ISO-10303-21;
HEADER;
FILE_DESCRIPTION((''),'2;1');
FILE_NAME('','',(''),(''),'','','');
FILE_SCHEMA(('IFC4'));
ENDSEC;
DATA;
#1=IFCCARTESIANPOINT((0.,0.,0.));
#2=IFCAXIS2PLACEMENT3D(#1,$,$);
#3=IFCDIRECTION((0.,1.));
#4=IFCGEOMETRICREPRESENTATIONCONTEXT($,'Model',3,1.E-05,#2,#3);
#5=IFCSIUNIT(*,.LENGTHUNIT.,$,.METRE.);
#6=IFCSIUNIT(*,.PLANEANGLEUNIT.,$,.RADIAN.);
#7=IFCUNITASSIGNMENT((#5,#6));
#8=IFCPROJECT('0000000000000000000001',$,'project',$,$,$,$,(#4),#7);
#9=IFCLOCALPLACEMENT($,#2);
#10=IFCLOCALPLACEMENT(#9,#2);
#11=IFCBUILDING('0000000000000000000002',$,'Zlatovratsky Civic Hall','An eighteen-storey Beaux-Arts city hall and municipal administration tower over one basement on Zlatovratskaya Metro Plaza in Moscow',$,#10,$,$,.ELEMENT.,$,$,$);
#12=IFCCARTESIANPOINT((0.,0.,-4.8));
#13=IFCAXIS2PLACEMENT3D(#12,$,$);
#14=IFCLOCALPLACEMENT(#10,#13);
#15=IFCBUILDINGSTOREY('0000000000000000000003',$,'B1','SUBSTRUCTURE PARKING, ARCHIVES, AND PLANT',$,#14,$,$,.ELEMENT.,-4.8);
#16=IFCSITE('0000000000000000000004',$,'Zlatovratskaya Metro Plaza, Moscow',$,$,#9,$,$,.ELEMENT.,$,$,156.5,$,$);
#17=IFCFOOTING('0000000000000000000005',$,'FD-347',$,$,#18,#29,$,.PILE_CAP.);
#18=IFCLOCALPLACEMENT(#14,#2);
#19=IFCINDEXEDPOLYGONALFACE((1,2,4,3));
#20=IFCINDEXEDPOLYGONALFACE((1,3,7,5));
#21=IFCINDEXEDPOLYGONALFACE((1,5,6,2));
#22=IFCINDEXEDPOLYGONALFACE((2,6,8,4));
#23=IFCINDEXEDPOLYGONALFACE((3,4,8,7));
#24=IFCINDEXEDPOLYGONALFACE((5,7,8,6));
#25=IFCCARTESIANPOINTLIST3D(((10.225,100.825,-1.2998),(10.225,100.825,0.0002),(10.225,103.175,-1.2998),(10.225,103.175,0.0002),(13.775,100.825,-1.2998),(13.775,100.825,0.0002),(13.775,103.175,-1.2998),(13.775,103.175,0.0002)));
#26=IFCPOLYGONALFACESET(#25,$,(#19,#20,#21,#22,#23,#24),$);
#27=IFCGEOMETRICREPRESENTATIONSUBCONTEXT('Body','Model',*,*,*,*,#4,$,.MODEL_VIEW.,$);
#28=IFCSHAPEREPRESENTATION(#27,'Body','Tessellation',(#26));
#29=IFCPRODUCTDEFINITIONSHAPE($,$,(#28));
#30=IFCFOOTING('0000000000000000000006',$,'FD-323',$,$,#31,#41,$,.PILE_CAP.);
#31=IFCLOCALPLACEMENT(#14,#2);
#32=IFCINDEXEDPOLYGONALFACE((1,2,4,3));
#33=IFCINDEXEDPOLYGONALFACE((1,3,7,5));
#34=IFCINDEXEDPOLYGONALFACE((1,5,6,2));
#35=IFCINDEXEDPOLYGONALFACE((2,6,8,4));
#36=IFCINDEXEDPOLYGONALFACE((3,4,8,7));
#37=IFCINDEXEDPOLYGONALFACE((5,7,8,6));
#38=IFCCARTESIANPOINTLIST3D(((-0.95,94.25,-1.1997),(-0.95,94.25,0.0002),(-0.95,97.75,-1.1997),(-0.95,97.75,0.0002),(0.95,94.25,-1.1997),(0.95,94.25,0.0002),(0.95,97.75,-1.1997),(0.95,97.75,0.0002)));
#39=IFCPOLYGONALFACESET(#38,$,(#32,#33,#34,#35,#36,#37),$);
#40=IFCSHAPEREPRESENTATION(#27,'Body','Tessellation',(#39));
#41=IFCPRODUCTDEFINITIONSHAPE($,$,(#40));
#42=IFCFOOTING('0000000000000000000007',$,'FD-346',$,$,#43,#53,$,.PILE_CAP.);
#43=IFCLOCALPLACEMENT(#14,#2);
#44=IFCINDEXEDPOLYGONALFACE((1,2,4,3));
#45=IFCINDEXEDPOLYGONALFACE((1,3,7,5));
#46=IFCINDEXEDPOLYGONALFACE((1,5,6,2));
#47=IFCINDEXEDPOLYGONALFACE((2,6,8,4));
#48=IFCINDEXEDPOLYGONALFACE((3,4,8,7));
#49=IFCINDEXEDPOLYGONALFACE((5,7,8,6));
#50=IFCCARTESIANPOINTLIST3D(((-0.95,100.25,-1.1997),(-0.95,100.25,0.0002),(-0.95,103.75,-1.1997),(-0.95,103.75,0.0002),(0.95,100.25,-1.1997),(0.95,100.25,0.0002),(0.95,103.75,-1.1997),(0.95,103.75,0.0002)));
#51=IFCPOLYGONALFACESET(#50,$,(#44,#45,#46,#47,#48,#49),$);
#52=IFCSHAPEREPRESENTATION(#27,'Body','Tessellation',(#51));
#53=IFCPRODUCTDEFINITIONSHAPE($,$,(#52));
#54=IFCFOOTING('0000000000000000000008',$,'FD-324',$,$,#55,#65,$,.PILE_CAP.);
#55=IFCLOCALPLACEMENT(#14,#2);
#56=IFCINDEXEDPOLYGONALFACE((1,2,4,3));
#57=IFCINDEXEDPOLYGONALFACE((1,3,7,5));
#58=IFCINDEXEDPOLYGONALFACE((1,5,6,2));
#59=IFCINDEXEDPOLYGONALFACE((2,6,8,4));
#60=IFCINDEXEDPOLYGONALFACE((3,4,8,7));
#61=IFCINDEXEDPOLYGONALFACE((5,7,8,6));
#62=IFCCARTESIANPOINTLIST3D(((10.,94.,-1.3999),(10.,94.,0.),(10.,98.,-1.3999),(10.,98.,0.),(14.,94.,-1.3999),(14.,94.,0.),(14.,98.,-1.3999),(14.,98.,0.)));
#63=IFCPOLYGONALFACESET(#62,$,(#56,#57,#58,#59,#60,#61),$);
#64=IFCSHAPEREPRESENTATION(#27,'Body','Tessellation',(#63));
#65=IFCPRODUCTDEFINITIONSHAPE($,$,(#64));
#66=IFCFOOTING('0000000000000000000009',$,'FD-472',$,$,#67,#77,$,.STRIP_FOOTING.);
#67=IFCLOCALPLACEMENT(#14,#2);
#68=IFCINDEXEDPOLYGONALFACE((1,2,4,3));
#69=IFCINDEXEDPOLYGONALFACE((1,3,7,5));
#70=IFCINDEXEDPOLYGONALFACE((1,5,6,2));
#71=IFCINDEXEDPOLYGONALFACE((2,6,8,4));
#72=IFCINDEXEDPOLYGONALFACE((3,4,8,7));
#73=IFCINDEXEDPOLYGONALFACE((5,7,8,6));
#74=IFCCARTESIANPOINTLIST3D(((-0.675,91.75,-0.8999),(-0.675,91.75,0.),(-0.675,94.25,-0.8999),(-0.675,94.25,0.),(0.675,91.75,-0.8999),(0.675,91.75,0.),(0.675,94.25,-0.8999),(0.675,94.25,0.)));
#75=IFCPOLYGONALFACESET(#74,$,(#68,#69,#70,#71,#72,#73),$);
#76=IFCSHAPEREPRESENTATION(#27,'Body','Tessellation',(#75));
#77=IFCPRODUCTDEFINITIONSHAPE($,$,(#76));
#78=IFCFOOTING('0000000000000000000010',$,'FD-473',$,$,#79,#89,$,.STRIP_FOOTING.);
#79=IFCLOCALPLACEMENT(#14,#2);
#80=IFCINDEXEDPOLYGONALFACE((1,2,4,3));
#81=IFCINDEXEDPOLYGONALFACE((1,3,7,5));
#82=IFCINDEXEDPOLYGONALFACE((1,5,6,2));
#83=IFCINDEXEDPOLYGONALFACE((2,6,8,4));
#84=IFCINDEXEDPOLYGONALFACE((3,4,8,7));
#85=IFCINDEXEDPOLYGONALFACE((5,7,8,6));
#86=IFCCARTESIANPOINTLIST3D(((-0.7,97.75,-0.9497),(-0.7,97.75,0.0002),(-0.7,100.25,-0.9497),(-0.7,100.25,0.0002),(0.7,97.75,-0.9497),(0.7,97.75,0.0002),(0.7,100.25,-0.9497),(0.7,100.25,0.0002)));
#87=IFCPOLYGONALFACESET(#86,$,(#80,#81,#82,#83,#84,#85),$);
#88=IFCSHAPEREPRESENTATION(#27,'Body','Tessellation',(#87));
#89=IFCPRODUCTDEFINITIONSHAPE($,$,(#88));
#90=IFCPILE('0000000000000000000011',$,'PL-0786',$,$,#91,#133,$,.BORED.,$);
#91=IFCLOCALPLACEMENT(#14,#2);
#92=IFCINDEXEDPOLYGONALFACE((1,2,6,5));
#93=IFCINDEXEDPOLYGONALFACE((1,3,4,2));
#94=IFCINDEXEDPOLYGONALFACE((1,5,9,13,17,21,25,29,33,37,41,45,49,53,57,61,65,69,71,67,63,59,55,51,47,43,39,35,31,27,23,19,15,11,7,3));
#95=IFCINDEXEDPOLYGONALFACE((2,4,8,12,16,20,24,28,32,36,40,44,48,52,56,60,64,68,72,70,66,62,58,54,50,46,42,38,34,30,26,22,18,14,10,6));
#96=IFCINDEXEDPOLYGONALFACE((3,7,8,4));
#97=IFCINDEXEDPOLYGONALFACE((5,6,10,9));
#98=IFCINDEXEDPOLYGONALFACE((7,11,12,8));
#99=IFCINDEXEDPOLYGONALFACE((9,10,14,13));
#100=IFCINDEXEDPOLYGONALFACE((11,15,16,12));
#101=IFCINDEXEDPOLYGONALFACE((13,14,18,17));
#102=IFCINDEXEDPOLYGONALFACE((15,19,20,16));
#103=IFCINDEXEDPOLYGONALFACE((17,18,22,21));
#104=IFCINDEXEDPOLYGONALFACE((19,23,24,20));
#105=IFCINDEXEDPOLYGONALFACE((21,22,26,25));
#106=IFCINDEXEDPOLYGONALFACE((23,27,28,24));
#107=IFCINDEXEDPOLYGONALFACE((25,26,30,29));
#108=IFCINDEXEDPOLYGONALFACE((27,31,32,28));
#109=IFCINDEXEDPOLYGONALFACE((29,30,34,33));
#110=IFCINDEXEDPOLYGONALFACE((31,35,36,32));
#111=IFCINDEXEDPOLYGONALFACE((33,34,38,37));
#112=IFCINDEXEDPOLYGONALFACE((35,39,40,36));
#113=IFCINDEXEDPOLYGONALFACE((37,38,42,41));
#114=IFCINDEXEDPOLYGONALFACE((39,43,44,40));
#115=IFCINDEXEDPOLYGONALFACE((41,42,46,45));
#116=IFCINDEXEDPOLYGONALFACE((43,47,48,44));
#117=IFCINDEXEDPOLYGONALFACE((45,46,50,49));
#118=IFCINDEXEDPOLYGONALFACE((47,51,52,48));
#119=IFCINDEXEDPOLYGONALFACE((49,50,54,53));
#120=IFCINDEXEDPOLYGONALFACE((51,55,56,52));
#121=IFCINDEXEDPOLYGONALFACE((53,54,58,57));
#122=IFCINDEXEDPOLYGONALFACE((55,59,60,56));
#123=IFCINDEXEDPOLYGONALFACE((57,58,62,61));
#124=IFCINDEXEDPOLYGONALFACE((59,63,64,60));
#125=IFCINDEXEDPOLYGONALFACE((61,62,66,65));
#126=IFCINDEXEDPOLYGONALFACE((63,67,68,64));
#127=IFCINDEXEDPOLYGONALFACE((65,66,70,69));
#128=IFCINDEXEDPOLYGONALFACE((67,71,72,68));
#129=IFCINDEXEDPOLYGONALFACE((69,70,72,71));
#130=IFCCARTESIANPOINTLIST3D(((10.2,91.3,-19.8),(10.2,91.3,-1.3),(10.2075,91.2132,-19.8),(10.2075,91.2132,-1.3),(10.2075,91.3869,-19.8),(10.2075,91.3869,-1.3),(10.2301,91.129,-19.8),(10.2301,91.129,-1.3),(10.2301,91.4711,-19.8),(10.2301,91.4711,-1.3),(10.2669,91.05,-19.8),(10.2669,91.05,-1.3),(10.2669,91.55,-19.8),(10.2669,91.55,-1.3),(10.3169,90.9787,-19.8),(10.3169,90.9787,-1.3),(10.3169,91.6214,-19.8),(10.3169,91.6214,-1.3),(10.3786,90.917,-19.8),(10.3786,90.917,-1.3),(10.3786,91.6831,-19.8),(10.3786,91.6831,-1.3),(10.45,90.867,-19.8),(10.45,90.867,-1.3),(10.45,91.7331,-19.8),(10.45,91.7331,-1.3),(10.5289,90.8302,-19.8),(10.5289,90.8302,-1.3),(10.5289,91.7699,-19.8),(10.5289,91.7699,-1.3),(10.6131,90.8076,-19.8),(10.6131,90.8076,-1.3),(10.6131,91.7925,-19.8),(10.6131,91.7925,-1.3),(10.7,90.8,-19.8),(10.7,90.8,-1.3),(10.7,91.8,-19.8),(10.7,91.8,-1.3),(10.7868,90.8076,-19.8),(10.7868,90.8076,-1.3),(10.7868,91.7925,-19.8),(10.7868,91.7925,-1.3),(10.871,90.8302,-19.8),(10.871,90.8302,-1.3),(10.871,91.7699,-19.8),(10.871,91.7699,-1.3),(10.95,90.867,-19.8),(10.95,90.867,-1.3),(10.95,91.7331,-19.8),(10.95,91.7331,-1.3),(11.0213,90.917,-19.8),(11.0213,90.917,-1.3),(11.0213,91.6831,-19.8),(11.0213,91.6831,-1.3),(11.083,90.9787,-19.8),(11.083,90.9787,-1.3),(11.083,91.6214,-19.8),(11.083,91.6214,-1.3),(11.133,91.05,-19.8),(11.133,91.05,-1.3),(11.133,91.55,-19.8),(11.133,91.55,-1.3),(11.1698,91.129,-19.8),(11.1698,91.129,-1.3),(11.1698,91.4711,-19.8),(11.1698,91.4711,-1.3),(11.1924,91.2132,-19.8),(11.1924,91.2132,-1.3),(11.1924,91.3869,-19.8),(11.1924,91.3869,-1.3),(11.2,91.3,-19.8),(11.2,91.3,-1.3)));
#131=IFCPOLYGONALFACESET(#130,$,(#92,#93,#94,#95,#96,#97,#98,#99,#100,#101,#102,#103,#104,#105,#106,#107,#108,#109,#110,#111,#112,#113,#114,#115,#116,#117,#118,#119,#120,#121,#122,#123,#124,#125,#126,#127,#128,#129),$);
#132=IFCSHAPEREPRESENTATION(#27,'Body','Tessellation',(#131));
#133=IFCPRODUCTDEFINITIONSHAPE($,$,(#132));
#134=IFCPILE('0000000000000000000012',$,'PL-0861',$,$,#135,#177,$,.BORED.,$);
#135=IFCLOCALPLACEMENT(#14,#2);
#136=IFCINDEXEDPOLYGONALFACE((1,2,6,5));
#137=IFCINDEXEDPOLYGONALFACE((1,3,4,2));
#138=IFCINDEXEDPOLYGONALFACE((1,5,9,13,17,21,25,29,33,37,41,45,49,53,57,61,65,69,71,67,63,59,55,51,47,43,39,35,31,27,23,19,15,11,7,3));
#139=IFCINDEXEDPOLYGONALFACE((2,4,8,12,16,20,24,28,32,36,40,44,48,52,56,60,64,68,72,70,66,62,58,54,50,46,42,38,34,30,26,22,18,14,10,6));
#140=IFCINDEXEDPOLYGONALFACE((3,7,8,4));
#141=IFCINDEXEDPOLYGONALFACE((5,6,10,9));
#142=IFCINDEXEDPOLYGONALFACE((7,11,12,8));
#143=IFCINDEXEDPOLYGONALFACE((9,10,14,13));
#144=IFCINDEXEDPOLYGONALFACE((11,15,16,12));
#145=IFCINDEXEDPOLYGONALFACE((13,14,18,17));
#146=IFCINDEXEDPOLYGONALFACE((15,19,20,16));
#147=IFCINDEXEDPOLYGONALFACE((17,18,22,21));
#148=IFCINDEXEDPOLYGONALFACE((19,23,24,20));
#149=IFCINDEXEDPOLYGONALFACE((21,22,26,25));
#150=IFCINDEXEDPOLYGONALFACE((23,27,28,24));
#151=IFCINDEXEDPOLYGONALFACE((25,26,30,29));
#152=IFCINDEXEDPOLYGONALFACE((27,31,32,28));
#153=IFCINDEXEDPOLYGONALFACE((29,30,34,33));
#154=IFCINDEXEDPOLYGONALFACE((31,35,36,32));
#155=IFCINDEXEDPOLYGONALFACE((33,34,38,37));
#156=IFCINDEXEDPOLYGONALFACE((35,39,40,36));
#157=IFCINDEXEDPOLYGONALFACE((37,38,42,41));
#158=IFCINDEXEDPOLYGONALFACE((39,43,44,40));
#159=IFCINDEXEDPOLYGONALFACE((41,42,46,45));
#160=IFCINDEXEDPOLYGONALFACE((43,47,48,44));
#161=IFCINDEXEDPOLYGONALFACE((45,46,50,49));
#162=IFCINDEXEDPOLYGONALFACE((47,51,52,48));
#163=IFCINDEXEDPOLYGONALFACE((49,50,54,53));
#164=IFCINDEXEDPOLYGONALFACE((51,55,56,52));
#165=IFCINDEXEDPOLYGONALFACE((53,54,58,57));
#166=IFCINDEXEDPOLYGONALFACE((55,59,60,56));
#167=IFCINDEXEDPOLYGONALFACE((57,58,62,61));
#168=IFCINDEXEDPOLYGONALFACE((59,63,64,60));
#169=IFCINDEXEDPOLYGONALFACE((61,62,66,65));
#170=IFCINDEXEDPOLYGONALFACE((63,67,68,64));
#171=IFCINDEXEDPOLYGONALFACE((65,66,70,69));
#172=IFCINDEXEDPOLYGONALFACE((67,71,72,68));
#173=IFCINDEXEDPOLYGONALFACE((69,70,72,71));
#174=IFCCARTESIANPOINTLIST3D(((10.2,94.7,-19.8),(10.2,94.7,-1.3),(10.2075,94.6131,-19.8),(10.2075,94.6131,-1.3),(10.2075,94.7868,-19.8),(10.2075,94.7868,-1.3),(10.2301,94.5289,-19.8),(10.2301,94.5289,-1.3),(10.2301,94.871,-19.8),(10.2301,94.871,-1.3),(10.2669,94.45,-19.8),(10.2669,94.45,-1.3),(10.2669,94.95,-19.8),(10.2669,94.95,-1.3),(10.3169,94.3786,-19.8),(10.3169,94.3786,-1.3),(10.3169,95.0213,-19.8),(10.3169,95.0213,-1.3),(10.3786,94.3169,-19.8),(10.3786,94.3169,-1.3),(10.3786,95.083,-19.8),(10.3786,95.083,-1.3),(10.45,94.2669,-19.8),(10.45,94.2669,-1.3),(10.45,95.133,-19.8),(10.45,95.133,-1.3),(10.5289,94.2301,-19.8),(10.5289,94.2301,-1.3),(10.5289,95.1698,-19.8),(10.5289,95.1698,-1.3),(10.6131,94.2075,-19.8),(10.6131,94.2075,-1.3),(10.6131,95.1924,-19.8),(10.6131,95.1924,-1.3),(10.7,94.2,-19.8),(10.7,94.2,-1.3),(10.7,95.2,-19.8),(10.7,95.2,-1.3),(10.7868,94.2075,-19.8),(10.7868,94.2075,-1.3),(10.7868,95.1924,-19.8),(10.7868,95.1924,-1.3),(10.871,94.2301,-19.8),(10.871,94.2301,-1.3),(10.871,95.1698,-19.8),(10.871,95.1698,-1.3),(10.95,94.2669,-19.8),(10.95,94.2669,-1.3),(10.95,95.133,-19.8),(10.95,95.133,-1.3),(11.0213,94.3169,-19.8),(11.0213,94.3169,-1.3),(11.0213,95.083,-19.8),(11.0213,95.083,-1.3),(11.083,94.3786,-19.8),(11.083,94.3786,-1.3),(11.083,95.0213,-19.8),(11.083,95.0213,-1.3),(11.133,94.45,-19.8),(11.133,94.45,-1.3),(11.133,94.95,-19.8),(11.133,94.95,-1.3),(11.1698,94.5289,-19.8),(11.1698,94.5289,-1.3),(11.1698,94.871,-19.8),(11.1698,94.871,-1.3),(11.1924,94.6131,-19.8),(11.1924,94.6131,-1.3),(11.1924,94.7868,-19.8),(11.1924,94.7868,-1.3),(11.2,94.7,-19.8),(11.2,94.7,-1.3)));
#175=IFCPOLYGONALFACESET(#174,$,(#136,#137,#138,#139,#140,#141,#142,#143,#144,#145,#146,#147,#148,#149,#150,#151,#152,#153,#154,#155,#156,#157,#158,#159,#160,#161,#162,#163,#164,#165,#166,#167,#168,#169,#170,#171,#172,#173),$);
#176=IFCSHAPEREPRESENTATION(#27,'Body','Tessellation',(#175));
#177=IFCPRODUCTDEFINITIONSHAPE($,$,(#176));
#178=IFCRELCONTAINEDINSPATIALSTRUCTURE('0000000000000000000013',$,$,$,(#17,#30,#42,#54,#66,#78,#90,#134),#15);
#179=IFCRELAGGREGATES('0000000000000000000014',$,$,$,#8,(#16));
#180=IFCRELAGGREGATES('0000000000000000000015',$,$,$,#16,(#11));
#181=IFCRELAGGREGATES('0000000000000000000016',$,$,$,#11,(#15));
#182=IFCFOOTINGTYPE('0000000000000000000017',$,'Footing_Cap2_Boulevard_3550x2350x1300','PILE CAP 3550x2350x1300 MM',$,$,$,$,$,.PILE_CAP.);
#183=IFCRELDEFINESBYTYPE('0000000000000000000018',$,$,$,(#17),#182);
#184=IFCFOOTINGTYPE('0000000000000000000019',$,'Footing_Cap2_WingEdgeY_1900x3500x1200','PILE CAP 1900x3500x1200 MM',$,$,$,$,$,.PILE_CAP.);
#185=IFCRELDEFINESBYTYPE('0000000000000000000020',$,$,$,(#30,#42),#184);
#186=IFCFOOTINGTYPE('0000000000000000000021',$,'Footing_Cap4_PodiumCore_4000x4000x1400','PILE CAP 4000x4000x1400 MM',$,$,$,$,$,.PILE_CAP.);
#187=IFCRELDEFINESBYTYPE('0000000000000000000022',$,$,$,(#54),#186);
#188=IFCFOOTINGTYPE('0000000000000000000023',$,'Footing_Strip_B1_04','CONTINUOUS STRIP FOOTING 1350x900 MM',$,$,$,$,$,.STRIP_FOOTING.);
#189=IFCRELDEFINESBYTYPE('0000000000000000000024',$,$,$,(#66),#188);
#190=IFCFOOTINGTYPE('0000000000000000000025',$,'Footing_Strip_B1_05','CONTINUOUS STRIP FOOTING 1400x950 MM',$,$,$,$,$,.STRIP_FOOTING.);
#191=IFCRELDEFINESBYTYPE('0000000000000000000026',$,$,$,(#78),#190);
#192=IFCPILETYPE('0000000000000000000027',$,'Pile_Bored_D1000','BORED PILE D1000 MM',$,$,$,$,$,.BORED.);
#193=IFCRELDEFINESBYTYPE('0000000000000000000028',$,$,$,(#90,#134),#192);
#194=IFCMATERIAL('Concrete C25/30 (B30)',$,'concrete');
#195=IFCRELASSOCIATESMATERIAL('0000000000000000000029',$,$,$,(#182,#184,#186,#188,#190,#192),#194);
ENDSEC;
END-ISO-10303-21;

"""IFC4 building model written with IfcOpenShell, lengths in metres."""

from ifc_helpers import new_model, si_unit, direction, frame, origin, origin_2d, place, context, subcontext, project, spatial, rectangle, circle, extrude, material, material_profile, profile_set, type_object, element, save


model = new_model("IFC4")

# Units and contexts
model_context = context("Model", 3, precision=1e-05, world=origin(), true_north=direction((0.0, 1.0)))
body_context = subcontext(model_context, "Body", "Model", "MODEL_VIEW")
ifc_project = project(units=[si_unit("LENGTHUNIT", "METRE"), si_unit("PLANEANGLEUNIT", "RADIAN")], contexts=[model_context])

# Site, building, storey
site_placement = place(None, origin())
site = spatial("IfcSite", under=ifc_project, at=site_placement, Name="Zlatovratskaya Metro Plaza, Moscow", CompositionType="ELEMENT", RefElevation=156.5)
building_placement = place(site_placement, origin())
building = spatial("IfcBuilding", under=site, at=building_placement, Name="Zlatovratsky Civic Hall", Description="An eighteen-storey Beaux-Arts city hall and municipal administration tower over one basement on Zlatovratskaya Metro Plaza in Moscow", CompositionType="ELEMENT")
storey_placement = place(building_placement, frame((0.0, 0.0, -4.8)))
storey = spatial("IfcBuildingStorey", under=building, at=storey_placement, Name="B1", Description="SUBSTRUCTURE PARKING, ARCHIVES, AND PLANT", CompositionType="ELEMENT", Elevation=-4.8)

# Footings
ifc_material_1 = material(Name="Concrete C25/30 (B30)", Category="concrete")
footing_type_1 = type_object("IfcFootingType", Name="Footing_Cap2_Boulevard_3550x2350x1300", Description="PILE CAP 3550x2350x1300 MM", PredefinedType="PILE_CAP", material=ifc_material_1)
footing_1_placement = place(storey_placement, frame((12.0, 102.0, -1.2998), z_axis=(0.0, 0.0, 1.0), x_axis=(1.0, 0.0, 0.0)))
element("IfcFooting", 1, at=footing_1_placement, inside=storey, type_object=footing_type_1, Name="FD-347", PredefinedType="PILE_CAP", context=body_context, shape_type="SweptSolid", body=[
    extrude(rectangle(XDim=3.55, YDim=2.3501, at=origin_2d()), origin(), (0.0, 0.0, 1.0), 1.3),
])
footing_type_2 = type_object("IfcFootingType", Name="Footing_Cap2_WingEdgeY_1900x3500x1200", Description="PILE CAP 1900x3500x1200 MM", PredefinedType="PILE_CAP", material=ifc_material_1)
for number, where, z_axis, x_axis, name in (
    (2, (0.0, 96.0, -1.1997), (0.0, 0.0, 1.0), (1.0, 0.0, 0.0), "FD-323"),
    (3, (0.0, 102.0, -1.1997), (0.0, 0.0, 1.0), (1.0, 0.0, 0.0), "FD-346"),
):
    element("IfcFooting", number, at=place(storey_placement, frame(where, z_axis=z_axis, x_axis=x_axis)), inside=storey, type_object=footing_type_2, Name=name, PredefinedType="PILE_CAP", context=body_context, shape_type="SweptSolid", body=[
        extrude(rectangle(XDim=1.8999, YDim=3.5, at=origin_2d()), origin(), (0.0, 0.0, 1.0), 1.2),
    ])
footing_type_3 = type_object("IfcFootingType", Name="Footing_Cap4_PodiumCore_4000x4000x1400", Description="PILE CAP 4000x4000x1400 MM", PredefinedType="PILE_CAP", material=ifc_material_1)
footing_2_placement = place(storey_placement, frame((12.0, 96.0, -1.3999), z_axis=(0.0, 0.0, 1.0), x_axis=(1.0, 0.0, 0.0)))
element("IfcFooting", 4, at=footing_2_placement, inside=storey, type_object=footing_type_3, Name="FD-324", PredefinedType="PILE_CAP", context=body_context, shape_type="SweptSolid", body=[
    extrude(rectangle(XDim=4.0, YDim=4.0, at=origin_2d()), origin(), (0.0, 0.0, 1.0), 1.3999),
])
footing_type_4 = type_object("IfcFootingType", Name="Footing_Strip_B1_04", Description="CONTINUOUS STRIP FOOTING 1350x900 MM", PredefinedType="STRIP_FOOTING", material=ifc_material_1)
footing_3_placement = place(storey_placement, frame((0.0, 93.0, -0.8999), z_axis=(0.0, 0.0, 1.0), x_axis=(1.0, 0.0, 0.0)))
element("IfcFooting", 5, at=footing_3_placement, inside=storey, type_object=footing_type_4, Name="FD-472", PredefinedType="STRIP_FOOTING", context=body_context, shape_type="SweptSolid", body=[
    extrude(rectangle(XDim=1.3501, YDim=2.5, at=origin_2d()), origin(), (0.0, 0.0, 1.0), 0.8999),
])
footing_type_5 = type_object("IfcFootingType", Name="Footing_Strip_B1_05", Description="CONTINUOUS STRIP FOOTING 1400x950 MM", PredefinedType="STRIP_FOOTING", material=ifc_material_1)
footing_4_placement = place(storey_placement, frame((0.0, 99.0, -0.9497), z_axis=(0.0, 0.0, 1.0), x_axis=(1.0, 0.0, 0.0)))
element("IfcFooting", 6, at=footing_4_placement, inside=storey, type_object=footing_type_5, Name="FD-473", PredefinedType="STRIP_FOOTING", context=body_context, shape_type="SweptSolid", body=[
    extrude(rectangle(XDim=1.3999, YDim=2.5, at=origin_2d()), origin(), (0.0, 0.0, 1.0), 0.95),
])

# Piles
ifc_material_profile_1 = material_profile(ifc_material_1, circle(Radius=0.5, at=origin_2d()), Name="PILE D1000")
ifc_profile_set_1 = profile_set([ifc_material_profile_1], Name="Concrete C25/30 (B30)")
pile_type_1 = type_object("IfcPileType", Name="Pile_Bored_D1000", Description="BORED PILE D1000 MM", PredefinedType="BORED", material=ifc_profile_set_1)
for number, where, z_axis, x_axis, name in (
    (7, (10.7, 91.3, -1.3), (0.0, 0.0, -1.0), (1.0, 0.0, 0.0), "PL-0786"),
    (8, (10.7, 94.7, -1.3), (0.0, 0.0, -1.0), (1.0, 0.0, 0.0), "PL-0861"),
):
    element("IfcPile", number, at=place(storey_placement, frame(where, z_axis=z_axis, x_axis=x_axis)), inside=storey, type_object=pile_type_1, Name=name, PredefinedType="BORED", context=body_context, shape_type="SweptSolid", body=[
        extrude(circle(Radius=0.5, at=origin_2d()), origin(), (0.0, 0.0, 1.0), 18.5),
    ])

save(model, "model.ifc")
